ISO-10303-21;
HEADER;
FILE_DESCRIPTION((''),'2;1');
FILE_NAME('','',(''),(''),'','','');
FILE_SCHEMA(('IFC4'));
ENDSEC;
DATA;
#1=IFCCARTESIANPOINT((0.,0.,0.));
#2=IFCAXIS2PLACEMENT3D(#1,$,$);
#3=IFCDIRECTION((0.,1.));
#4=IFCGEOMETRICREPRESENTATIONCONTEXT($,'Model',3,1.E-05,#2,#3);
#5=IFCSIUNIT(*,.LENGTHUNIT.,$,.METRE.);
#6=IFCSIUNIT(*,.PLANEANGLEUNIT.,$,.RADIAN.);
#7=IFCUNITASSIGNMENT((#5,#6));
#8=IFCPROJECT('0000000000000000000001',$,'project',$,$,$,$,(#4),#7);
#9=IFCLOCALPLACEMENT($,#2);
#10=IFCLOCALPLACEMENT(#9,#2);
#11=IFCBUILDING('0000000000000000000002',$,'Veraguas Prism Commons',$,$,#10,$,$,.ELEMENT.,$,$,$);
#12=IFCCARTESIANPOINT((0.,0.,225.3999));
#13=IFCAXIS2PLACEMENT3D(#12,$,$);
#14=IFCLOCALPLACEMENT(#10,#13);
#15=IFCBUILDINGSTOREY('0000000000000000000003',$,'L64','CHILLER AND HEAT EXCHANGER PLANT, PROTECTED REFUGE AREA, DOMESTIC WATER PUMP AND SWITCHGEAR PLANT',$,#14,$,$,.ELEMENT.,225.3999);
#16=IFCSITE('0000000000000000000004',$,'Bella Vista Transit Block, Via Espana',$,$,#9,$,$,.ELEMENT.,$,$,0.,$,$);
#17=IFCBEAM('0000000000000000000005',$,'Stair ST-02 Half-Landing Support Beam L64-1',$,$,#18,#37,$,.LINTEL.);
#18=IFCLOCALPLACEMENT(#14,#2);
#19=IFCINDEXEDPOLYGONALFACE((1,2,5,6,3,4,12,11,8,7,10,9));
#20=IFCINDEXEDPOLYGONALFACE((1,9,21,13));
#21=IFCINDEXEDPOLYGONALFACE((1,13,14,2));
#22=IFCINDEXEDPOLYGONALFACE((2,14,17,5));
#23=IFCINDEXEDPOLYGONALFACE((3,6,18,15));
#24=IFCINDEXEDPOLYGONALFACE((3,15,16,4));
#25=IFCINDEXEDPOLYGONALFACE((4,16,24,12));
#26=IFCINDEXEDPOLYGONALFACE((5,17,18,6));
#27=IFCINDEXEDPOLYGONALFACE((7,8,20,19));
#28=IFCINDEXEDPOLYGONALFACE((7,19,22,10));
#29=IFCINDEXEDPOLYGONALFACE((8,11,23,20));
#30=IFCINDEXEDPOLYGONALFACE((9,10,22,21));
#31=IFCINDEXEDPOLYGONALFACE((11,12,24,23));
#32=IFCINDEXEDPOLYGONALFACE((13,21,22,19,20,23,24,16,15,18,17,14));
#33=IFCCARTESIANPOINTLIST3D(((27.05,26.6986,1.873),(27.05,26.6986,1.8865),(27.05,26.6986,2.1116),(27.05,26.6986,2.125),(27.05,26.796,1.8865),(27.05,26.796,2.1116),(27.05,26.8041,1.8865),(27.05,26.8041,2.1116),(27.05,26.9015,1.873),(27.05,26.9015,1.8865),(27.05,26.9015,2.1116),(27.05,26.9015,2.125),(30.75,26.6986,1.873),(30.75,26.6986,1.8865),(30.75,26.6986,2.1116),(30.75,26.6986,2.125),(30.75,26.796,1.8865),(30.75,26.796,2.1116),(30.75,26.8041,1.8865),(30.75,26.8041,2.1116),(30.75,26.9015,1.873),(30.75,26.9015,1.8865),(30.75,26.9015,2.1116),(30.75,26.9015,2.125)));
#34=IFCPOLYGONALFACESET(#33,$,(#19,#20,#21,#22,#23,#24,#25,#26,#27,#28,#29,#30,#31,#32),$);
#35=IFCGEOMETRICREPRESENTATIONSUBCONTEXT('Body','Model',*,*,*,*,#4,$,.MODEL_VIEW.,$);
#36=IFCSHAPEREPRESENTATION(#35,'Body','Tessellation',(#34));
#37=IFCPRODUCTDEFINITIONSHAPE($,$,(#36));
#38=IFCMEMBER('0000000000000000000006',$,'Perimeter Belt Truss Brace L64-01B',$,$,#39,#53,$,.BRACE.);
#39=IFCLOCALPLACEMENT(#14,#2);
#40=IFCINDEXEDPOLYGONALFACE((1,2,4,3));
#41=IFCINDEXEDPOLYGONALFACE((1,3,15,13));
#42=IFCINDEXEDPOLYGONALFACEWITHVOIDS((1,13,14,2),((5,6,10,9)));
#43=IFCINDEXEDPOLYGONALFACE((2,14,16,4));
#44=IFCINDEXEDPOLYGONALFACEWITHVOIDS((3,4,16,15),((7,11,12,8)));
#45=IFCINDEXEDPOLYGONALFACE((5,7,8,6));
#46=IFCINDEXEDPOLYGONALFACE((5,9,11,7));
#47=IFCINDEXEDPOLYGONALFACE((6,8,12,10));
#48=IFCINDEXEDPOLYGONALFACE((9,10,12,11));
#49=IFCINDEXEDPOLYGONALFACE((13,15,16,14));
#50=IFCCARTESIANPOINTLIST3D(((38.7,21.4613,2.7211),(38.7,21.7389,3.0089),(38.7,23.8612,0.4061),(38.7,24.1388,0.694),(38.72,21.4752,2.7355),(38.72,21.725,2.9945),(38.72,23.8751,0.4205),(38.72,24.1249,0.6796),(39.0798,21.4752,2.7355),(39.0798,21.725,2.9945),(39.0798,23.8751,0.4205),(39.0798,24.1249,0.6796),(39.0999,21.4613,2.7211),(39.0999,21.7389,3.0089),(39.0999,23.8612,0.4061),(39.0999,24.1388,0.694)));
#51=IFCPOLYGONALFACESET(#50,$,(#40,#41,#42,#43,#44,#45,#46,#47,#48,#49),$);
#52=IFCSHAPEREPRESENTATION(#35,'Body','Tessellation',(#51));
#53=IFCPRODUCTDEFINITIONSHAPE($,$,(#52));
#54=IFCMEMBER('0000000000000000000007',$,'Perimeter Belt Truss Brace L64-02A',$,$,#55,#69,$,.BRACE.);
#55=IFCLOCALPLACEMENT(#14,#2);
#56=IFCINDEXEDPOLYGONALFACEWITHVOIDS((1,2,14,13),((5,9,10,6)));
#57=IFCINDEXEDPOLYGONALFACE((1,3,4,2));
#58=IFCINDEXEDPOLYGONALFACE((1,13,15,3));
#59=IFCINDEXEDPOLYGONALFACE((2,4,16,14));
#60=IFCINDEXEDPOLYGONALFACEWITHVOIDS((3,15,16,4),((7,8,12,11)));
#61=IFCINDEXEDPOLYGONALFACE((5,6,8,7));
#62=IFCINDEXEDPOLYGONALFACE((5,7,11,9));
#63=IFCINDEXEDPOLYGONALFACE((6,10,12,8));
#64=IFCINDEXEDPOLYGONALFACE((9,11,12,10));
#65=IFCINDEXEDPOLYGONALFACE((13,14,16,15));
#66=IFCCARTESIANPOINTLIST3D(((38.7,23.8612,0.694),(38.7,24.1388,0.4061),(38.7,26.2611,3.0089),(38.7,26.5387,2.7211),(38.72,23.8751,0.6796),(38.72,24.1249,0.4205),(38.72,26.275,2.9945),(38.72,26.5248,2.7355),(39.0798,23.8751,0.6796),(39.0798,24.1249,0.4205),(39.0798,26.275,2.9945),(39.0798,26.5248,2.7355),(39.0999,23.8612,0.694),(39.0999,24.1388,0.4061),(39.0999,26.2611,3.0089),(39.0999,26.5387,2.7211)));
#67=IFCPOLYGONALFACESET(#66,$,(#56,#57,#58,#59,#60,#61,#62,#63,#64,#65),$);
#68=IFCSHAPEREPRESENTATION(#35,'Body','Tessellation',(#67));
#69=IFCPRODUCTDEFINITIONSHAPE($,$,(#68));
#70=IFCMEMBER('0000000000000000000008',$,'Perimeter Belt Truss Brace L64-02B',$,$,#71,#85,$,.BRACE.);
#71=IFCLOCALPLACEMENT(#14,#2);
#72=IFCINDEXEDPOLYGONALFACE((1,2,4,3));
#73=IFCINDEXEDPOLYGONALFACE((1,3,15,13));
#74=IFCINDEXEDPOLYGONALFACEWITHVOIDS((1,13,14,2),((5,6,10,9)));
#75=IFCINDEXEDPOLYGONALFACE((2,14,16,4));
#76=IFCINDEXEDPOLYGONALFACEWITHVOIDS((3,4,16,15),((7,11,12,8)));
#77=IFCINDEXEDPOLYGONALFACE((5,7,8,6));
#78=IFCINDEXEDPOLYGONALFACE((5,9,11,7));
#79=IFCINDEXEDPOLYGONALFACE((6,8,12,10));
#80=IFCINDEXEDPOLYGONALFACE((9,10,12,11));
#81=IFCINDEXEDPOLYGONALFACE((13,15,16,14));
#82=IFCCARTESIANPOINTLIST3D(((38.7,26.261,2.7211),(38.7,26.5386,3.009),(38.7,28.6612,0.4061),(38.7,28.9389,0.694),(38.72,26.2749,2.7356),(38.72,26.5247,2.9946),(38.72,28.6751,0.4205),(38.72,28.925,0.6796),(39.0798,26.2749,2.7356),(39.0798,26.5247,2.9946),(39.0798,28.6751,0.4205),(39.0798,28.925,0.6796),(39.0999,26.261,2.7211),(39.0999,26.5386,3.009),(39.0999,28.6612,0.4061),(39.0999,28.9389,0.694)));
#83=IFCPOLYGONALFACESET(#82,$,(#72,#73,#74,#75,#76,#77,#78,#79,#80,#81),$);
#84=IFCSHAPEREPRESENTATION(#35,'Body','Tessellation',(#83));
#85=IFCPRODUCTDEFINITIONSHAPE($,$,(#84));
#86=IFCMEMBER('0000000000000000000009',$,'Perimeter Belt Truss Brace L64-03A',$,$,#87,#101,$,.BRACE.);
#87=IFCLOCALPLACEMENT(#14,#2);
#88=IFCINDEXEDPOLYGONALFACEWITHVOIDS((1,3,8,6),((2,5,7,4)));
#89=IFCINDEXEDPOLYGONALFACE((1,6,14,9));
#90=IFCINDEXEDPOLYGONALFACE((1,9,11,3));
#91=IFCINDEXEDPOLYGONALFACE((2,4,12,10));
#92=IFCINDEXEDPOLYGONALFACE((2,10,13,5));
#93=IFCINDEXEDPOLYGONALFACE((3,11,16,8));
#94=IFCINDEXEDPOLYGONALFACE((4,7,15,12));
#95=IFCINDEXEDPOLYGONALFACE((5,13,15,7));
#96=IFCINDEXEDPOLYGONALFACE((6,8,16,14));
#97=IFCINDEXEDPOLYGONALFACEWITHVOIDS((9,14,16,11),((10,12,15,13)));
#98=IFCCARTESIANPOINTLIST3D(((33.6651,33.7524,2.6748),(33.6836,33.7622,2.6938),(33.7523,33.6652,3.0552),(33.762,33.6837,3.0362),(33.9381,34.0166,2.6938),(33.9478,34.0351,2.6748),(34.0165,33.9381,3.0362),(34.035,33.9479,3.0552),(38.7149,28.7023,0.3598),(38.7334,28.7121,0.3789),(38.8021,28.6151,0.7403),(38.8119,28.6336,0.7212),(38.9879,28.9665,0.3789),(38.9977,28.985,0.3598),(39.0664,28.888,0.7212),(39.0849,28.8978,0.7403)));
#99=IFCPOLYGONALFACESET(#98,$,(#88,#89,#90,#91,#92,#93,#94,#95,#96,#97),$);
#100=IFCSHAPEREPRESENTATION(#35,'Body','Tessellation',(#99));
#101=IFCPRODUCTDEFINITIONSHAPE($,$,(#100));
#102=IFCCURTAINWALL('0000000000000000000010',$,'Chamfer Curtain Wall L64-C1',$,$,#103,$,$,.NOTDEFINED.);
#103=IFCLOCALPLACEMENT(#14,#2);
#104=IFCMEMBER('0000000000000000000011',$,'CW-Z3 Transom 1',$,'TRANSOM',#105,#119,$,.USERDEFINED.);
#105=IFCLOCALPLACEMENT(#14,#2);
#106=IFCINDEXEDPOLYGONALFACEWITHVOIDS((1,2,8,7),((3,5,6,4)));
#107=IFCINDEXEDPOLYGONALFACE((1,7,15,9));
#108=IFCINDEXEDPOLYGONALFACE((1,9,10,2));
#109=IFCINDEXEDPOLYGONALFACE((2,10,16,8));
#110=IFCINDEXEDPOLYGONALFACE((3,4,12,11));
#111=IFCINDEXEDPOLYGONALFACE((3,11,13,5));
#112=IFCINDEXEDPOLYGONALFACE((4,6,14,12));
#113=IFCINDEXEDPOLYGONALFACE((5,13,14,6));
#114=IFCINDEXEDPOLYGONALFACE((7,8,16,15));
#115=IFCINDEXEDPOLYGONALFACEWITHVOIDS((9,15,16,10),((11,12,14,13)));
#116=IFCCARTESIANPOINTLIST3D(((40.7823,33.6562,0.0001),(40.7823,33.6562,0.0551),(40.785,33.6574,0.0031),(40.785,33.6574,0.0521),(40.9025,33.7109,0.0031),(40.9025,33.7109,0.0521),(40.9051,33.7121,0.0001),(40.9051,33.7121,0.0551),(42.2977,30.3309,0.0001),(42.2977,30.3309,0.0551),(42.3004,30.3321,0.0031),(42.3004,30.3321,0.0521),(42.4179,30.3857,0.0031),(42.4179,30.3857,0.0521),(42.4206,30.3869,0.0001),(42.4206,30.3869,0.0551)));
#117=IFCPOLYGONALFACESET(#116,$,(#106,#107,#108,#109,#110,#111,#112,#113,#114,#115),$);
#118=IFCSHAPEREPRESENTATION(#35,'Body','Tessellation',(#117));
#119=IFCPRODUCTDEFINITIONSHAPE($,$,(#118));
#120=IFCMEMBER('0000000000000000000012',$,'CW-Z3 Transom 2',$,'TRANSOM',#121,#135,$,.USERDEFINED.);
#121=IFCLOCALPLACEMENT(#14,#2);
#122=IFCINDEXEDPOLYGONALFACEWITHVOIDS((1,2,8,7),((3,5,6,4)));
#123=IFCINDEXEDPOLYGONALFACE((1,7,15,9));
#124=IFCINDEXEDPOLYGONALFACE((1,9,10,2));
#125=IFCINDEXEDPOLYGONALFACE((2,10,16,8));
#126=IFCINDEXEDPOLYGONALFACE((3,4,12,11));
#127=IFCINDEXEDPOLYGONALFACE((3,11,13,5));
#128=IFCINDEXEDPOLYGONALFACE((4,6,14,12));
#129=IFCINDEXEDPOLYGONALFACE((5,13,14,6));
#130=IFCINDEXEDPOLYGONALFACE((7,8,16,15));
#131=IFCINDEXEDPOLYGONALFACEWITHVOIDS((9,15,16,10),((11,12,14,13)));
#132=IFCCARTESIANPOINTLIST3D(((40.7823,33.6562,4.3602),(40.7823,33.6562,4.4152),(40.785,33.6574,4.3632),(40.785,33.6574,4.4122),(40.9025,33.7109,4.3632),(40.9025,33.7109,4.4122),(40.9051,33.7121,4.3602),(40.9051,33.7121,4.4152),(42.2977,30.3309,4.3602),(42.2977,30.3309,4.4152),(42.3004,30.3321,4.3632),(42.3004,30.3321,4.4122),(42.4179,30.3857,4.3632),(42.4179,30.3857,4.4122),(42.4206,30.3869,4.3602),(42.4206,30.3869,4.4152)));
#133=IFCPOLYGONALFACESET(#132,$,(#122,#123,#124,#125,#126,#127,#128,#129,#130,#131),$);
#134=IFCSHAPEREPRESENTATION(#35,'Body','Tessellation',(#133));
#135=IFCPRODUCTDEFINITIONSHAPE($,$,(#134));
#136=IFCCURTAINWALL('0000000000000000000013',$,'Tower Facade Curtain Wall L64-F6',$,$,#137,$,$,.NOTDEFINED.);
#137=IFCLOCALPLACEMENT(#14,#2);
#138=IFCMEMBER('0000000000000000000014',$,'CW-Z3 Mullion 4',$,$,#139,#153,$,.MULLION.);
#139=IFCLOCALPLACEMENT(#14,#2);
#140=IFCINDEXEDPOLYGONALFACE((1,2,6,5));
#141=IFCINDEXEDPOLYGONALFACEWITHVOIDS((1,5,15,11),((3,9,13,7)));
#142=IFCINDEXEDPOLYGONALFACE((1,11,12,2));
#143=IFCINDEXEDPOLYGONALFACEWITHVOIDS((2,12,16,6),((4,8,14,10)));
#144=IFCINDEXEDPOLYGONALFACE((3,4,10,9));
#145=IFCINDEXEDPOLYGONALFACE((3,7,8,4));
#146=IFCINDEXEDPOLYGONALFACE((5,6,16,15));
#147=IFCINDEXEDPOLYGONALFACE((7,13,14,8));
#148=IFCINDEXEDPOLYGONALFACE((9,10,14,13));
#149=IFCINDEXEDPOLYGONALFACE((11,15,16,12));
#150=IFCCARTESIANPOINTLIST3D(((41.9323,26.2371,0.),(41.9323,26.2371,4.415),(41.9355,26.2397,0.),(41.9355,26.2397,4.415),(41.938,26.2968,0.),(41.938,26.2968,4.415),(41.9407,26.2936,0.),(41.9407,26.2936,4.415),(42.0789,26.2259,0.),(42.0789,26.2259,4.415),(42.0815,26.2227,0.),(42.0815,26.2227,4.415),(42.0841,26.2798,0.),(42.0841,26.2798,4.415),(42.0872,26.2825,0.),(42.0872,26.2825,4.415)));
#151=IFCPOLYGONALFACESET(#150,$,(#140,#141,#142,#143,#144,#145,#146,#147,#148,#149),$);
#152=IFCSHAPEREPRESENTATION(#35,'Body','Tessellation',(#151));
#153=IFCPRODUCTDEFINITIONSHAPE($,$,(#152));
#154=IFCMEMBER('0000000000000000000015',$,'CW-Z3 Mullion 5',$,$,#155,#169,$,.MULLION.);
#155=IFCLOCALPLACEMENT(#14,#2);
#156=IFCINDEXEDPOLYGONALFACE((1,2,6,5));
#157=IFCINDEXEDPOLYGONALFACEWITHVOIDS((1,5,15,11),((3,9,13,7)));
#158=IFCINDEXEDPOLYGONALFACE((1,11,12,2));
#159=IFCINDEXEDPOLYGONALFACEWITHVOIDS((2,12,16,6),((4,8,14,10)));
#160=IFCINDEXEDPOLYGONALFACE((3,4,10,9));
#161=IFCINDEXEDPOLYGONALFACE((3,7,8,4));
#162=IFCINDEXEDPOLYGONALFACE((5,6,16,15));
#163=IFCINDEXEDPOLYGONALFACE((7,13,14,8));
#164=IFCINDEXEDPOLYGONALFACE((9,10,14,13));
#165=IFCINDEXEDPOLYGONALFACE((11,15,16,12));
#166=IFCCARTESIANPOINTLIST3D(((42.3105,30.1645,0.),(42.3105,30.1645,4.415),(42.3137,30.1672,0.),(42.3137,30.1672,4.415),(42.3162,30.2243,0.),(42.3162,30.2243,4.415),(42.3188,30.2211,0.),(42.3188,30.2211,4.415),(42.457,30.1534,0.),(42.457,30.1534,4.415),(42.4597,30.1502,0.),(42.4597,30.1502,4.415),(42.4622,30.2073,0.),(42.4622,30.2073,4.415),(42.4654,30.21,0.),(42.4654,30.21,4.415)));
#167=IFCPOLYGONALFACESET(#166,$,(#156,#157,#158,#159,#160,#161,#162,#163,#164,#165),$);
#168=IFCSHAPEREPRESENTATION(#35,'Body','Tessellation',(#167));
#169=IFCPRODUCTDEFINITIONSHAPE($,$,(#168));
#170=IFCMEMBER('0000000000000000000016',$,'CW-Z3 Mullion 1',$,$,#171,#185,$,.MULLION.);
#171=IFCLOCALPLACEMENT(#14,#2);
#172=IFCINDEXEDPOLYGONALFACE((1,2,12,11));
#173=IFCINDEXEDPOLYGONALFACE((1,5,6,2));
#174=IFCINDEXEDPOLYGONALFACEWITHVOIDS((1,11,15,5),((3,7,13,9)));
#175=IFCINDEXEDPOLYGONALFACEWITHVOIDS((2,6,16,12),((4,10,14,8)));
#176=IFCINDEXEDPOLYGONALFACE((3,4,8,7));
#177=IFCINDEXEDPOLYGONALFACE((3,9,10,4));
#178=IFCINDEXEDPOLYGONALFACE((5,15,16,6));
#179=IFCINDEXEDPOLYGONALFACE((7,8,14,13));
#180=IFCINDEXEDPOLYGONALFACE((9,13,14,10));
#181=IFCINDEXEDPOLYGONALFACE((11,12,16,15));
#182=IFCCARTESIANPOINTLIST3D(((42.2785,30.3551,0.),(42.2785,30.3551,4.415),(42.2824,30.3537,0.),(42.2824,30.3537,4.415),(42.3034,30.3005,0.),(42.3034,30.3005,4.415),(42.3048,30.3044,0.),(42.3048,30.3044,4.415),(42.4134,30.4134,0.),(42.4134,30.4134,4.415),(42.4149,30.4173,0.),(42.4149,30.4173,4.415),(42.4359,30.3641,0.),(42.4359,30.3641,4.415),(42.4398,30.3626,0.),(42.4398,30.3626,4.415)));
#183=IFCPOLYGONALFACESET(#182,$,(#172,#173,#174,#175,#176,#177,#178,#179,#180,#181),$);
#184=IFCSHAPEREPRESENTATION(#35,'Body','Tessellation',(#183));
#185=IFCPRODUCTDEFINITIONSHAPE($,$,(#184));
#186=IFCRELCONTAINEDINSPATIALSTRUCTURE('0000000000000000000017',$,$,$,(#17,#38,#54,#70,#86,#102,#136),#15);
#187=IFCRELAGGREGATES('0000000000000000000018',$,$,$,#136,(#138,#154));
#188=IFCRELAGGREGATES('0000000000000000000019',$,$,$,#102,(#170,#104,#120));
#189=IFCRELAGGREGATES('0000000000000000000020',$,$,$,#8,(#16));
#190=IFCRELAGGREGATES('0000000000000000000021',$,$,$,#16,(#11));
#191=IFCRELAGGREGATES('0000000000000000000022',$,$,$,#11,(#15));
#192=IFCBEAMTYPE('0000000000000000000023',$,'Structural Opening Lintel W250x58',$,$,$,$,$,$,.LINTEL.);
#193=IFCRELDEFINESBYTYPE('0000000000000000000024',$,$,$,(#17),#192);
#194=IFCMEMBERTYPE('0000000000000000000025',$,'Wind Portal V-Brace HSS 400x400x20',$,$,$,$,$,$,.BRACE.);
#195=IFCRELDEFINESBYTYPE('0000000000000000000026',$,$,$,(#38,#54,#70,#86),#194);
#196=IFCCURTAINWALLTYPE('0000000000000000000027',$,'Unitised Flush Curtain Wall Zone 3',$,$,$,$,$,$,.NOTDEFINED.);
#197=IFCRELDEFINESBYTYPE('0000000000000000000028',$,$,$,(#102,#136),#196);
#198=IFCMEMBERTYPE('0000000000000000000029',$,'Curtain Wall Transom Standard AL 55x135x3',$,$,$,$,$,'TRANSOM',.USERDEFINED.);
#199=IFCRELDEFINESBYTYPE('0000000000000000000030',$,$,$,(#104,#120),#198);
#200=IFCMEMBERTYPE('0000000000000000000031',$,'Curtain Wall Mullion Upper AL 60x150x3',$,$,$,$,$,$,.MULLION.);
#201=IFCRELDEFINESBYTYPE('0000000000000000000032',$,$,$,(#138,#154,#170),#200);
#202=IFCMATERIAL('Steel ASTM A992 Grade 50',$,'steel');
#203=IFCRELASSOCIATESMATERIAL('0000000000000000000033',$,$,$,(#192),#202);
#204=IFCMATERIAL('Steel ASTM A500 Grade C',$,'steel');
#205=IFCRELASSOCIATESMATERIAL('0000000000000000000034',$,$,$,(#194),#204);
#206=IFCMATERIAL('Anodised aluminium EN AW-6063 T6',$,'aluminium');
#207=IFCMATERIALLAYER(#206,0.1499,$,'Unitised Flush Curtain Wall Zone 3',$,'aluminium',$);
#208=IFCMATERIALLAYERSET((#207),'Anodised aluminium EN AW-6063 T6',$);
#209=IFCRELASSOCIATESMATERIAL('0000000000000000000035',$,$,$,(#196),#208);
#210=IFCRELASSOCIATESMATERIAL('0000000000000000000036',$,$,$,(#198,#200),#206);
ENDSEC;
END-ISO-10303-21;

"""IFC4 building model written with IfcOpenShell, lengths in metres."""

from ifc_helpers import new_model, si_unit, direction, frame, origin, origin_2d, place, context, subcontext, project, spatial, hollow_rectangle, i_section, extrude, source, transform, mapped, material, layer, layer_set, material_profile, profile_set, type_object, element, aggregate, save


model = new_model("IFC4")

# Units and contexts
model_context = context("Model", 3, precision=1e-05, world=origin(), true_north=direction((0.0, 1.0)))
body_context = subcontext(model_context, "Body", "Model", "MODEL_VIEW")
ifc_project = project(units=[si_unit("LENGTHUNIT", "METRE"), si_unit("PLANEANGLEUNIT", "RADIAN")], contexts=[model_context])

# Site, building, storey
site_placement = place(None, origin())
site = spatial("IfcSite", under=ifc_project, at=site_placement, Name="Bella Vista Transit Block, Via Espana", CompositionType="ELEMENT", RefElevation=0.0)
building_placement = place(site_placement, origin())
building = spatial("IfcBuilding", under=site, at=building_placement, Name="Veraguas Prism Commons", CompositionType="ELEMENT")
storey_placement = place(building_placement, frame((0.0, 0.0, 225.3999)))
storey = spatial("IfcBuildingStorey", under=building, at=storey_placement, Name="L64", Description="CHILLER AND HEAT EXCHANGER PLANT, PROTECTED REFUGE AREA, DOMESTIC WATER PUMP AND SWITCHGEAR PLANT", CompositionType="ELEMENT", Elevation=225.3999)

# Shared definitions
ifc_material_1 = material(Name="Steel ASTM A992 Grade 50", Category="steel")

# Beam
ifc_material_profile_1 = material_profile(ifc_material_1, i_section(OverallWidth=0.2029, OverallDepth=0.252, WebThickness=0.0081, FlangeThickness=0.0134, at=origin_2d()), Name="W250X58")
ifc_profile_set_1 = profile_set([ifc_material_profile_1], Name="Steel ASTM A992 Grade 50")
beam_type_1 = type_object("IfcBeamType", Name="Structural Opening Lintel W250x58", PredefinedType="LINTEL", material=ifc_profile_set_1)
beam_1_placement = place(storey_placement, frame((27.05, 26.8, 1.999), z_axis=(1.0, 0.0, 0.0), x_axis=(0.0, 1.0, 0.0)))
element("IfcBeam", 1, at=beam_1_placement, inside=storey, type_object=beam_type_1, Name="Stair ST-02 Half-Landing Support Beam L64-1", PredefinedType="LINTEL", context=body_context, shape_type="SweptSolid", body=[
    extrude(i_section(OverallWidth=0.2029, OverallDepth=0.252, WebThickness=0.0081, FlangeThickness=0.0134, at=origin_2d()), origin(), (0.0, 0.0, 1.0), 3.7),
])

# Members
ifc_material_2 = material(Name="Steel ASTM A500 Grade C", Category="steel")
ifc_material_profile_2 = material_profile(ifc_material_2, hollow_rectangle(XDim=0.3999, YDim=0.3999, WallThickness=0.02, at=origin_2d()), Name="HSS400X400X20")
ifc_profile_set_2 = profile_set([ifc_material_profile_2], Name="Steel ASTM A500 Grade C")
member_type_1 = type_object("IfcMemberType", Name="Wind Portal V-Brace HSS 400x400x20", PredefinedType="BRACE", material=ifc_profile_set_2)
for number, where, z_axis, x_axis, name in (
    (2, (38.8999, 24.0, 0.55), (0.0, -0.719732, 0.694252), (1.0, 0.0, 0.0), "Perimeter Belt Truss Brace L64-01B"),
    (3, (38.8999, 24.0, 0.55), (0.0, 0.719732, 0.694252), (-1.0, 0.0, 0.0), "Perimeter Belt Truss Brace L64-02A"),
):
    element("IfcMember", number, at=place(storey_placement, frame(where, z_axis=z_axis, x_axis=x_axis)), inside=storey, type_object=member_type_1, Name=name, PredefinedType="BRACE", context=body_context, shape_type="SweptSolid", body=[
        extrude(hollow_rectangle(XDim=0.3999, YDim=0.3999, WallThickness=0.02, at=origin_2d()), origin(), (0.0, 0.0, 1.0), 3.3345),
    ])
member_1_placement = place(storey_placement, frame((38.8999, 28.8, 0.55), z_axis=(0.0, -0.719767, 0.694216), x_axis=(1.0, 0.0, 0.0)))
element("IfcMember", 4, at=member_1_placement, inside=storey, type_object=member_type_1, Name="Perimeter Belt Truss Brace L64-02B", PredefinedType="BRACE", context=body_context, shape_type="SweptSolid", body=[
    extrude(hollow_rectangle(XDim=0.3999, YDim=0.3999, WallThickness=0.02, at=origin_2d()), origin(), (0.0, 0.0, 1.0), 3.3347),
])
member_2_placement = place(storey_placement, frame((38.8999, 28.8, 0.55), z_axis=(-0.672635, 0.672668, 0.308351), x_axis=(-0.707124, -0.70709, 0.0)))
element("IfcMember", 5, at=member_2_placement, inside=storey, type_object=member_type_1, Name="Perimeter Belt Truss Brace L64-03A", PredefinedType="BRACE", context=body_context, shape_type="SweptSolid", body=[
    extrude(hollow_rectangle(XDim=0.3999, YDim=0.3999, WallThickness=0.02, at=origin_2d()), origin(), (0.0, 0.0, 1.0), 7.5076),
])

# Curtain walls, members
ifc_material_3 = material(Name="Anodised aluminium EN AW-6063 T6", Category="aluminium")
ifc_layer_1 = layer(ifc_material_3, 0.1499, Name="Unitised Flush Curtain Wall Zone 3", Category="aluminium")
ifc_layer_set_1 = layer_set([ifc_layer_1], Name="Anodised aluminium EN AW-6063 T6")
curtain_wall_type = type_object("IfcCurtainWallType", Name="Unitised Flush Curtain Wall Zone 3", PredefinedType="NOTDEFINED", material=ifc_layer_set_1)
curtain_wall_1_placement = place(storey_placement, origin())
curtain_wall_1 = element("IfcCurtainWall", 6, at=curtain_wall_1_placement, inside=storey, type_object=curtain_wall_type, Name="Chamfer Curtain Wall L64-C1", PredefinedType="NOTDEFINED")
ifc_material_profile_3 = material_profile(ifc_material_3, hollow_rectangle(XDim=0.0549, YDim=0.135, WallThickness=0.0029, at=origin_2d()), Name="AL55X135X3")
ifc_profile_set_3 = profile_set([ifc_material_profile_3], Name="Anodised aluminium EN AW-6063 T6")
member_type_2 = type_object("IfcMemberType", Name="Curtain Wall Transom Standard AL 55x135x3", ElementType="TRANSOM", PredefinedType="USERDEFINED", material=ifc_profile_set_3)
shared_shape_1 = source(origin(), body_context, "Body", "SweptSolid", [
    extrude(hollow_rectangle(XDim=0.0549, YDim=0.135, WallThickness=0.0029, at=origin_2d()), origin(), (0.0, 0.0, 1.0), 3.6543),
])
member_3_placement = place(storey_placement, frame((42.3591, 30.3589, 0.0276), z_axis=(-0.414694, 0.909961, 0.0), x_axis=(0.0, 0.0, 1.0)))
member_3 = element("IfcMember", 7, at=member_3_placement, type_object=member_type_2, Name="CW-Z3 Transom 1", ObjectType="TRANSOM", PredefinedType="USERDEFINED", context=body_context, shape_type="MappedRepresentation", body=[
    mapped(shared_shape_1, transform((0.0, 0.0, 0.0), scale=1.0)),
])
member_4_placement = place(storey_placement, frame((42.3591, 30.3589, 4.3877), z_axis=(-0.414694, 0.909961, 0.0), x_axis=(0.0, 0.0, 1.0)))
member_4 = element("IfcMember", 8, at=member_4_placement, type_object=member_type_2, Name="CW-Z3 Transom 2", ObjectType="TRANSOM", PredefinedType="USERDEFINED", context=body_context, shape_type="MappedRepresentation", body=[
    mapped(shared_shape_1, transform((0.0, 0.0, 0.0), scale=1.0)),
])
curtain_wall_2_placement = place(storey_placement, origin())
curtain_wall_2 = element("IfcCurtainWall", 9, at=curtain_wall_2_placement, inside=storey, type_object=curtain_wall_type, Name="Tower Facade Curtain Wall L64-F6", PredefinedType="NOTDEFINED")
ifc_material_profile_4 = material_profile(ifc_material_3, hollow_rectangle(XDim=0.0601, YDim=0.1499, WallThickness=0.0029, at=origin_2d()), Name="AL60X150X3")
ifc_profile_set_4 = profile_set([ifc_material_profile_4], Name="Anodised aluminium EN AW-6063 T6")
member_type_3 = type_object("IfcMemberType", Name="Curtain Wall Mullion Upper AL 60x150x3", PredefinedType="MULLION", material=ifc_profile_set_4)
shared_shape_2 = source(origin(), body_context, "Body", "SweptSolid", [
    extrude(hollow_rectangle(XDim=0.0601, YDim=0.1499, WallThickness=0.0029, at=origin_2d()), origin(), (0.0, 0.0, 1.0), 4.415),
])
member_5_placement = place(storey_placement, frame((42.0098, 26.2598, 0.0), z_axis=(0.0, 0.0, 1.0), x_axis=(0.095841, 0.995397, 0.0)))
member_5 = element("IfcMember", 10, at=member_5_placement, type_object=member_type_3, Name="CW-Z3 Mullion 4", PredefinedType="MULLION", context=body_context, shape_type="MappedRepresentation", body=[
    mapped(shared_shape_2, transform((0.0, 0.0, 0.0), scale=1.0)),
])
member_6_placement = place(storey_placement, frame((42.3879, 30.1873, 0.0), z_axis=(0.0, 0.0, 1.0), x_axis=(0.095841, 0.995397, 0.0)))
member_6 = element("IfcMember", 11, at=member_6_placement, type_object=member_type_3, Name="CW-Z3 Mullion 5", PredefinedType="MULLION", context=body_context, shape_type="MappedRepresentation", body=[
    mapped(shared_shape_2, transform((0.0, 0.0, 0.0), scale=1.0)),
])

# Member
member_7_placement = place(storey_placement, frame((42.3591, 30.3589, 0.0), z_axis=(0.0, 0.0, 1.0), x_axis=(-0.414692, 0.909962, 0.0)))
member_7 = element("IfcMember", 12, at=member_7_placement, type_object=member_type_3, Name="CW-Z3 Mullion 1", PredefinedType="MULLION", context=body_context, shape_type="MappedRepresentation", body=[
    mapped(shared_shape_2, transform((0.0, 0.0, 0.0), scale=1.0)),
])

aggregate(curtain_wall_2, [member_5, member_6])
aggregate(curtain_wall_1, [member_7, member_3, member_4])

save(model, "model.ifc")
